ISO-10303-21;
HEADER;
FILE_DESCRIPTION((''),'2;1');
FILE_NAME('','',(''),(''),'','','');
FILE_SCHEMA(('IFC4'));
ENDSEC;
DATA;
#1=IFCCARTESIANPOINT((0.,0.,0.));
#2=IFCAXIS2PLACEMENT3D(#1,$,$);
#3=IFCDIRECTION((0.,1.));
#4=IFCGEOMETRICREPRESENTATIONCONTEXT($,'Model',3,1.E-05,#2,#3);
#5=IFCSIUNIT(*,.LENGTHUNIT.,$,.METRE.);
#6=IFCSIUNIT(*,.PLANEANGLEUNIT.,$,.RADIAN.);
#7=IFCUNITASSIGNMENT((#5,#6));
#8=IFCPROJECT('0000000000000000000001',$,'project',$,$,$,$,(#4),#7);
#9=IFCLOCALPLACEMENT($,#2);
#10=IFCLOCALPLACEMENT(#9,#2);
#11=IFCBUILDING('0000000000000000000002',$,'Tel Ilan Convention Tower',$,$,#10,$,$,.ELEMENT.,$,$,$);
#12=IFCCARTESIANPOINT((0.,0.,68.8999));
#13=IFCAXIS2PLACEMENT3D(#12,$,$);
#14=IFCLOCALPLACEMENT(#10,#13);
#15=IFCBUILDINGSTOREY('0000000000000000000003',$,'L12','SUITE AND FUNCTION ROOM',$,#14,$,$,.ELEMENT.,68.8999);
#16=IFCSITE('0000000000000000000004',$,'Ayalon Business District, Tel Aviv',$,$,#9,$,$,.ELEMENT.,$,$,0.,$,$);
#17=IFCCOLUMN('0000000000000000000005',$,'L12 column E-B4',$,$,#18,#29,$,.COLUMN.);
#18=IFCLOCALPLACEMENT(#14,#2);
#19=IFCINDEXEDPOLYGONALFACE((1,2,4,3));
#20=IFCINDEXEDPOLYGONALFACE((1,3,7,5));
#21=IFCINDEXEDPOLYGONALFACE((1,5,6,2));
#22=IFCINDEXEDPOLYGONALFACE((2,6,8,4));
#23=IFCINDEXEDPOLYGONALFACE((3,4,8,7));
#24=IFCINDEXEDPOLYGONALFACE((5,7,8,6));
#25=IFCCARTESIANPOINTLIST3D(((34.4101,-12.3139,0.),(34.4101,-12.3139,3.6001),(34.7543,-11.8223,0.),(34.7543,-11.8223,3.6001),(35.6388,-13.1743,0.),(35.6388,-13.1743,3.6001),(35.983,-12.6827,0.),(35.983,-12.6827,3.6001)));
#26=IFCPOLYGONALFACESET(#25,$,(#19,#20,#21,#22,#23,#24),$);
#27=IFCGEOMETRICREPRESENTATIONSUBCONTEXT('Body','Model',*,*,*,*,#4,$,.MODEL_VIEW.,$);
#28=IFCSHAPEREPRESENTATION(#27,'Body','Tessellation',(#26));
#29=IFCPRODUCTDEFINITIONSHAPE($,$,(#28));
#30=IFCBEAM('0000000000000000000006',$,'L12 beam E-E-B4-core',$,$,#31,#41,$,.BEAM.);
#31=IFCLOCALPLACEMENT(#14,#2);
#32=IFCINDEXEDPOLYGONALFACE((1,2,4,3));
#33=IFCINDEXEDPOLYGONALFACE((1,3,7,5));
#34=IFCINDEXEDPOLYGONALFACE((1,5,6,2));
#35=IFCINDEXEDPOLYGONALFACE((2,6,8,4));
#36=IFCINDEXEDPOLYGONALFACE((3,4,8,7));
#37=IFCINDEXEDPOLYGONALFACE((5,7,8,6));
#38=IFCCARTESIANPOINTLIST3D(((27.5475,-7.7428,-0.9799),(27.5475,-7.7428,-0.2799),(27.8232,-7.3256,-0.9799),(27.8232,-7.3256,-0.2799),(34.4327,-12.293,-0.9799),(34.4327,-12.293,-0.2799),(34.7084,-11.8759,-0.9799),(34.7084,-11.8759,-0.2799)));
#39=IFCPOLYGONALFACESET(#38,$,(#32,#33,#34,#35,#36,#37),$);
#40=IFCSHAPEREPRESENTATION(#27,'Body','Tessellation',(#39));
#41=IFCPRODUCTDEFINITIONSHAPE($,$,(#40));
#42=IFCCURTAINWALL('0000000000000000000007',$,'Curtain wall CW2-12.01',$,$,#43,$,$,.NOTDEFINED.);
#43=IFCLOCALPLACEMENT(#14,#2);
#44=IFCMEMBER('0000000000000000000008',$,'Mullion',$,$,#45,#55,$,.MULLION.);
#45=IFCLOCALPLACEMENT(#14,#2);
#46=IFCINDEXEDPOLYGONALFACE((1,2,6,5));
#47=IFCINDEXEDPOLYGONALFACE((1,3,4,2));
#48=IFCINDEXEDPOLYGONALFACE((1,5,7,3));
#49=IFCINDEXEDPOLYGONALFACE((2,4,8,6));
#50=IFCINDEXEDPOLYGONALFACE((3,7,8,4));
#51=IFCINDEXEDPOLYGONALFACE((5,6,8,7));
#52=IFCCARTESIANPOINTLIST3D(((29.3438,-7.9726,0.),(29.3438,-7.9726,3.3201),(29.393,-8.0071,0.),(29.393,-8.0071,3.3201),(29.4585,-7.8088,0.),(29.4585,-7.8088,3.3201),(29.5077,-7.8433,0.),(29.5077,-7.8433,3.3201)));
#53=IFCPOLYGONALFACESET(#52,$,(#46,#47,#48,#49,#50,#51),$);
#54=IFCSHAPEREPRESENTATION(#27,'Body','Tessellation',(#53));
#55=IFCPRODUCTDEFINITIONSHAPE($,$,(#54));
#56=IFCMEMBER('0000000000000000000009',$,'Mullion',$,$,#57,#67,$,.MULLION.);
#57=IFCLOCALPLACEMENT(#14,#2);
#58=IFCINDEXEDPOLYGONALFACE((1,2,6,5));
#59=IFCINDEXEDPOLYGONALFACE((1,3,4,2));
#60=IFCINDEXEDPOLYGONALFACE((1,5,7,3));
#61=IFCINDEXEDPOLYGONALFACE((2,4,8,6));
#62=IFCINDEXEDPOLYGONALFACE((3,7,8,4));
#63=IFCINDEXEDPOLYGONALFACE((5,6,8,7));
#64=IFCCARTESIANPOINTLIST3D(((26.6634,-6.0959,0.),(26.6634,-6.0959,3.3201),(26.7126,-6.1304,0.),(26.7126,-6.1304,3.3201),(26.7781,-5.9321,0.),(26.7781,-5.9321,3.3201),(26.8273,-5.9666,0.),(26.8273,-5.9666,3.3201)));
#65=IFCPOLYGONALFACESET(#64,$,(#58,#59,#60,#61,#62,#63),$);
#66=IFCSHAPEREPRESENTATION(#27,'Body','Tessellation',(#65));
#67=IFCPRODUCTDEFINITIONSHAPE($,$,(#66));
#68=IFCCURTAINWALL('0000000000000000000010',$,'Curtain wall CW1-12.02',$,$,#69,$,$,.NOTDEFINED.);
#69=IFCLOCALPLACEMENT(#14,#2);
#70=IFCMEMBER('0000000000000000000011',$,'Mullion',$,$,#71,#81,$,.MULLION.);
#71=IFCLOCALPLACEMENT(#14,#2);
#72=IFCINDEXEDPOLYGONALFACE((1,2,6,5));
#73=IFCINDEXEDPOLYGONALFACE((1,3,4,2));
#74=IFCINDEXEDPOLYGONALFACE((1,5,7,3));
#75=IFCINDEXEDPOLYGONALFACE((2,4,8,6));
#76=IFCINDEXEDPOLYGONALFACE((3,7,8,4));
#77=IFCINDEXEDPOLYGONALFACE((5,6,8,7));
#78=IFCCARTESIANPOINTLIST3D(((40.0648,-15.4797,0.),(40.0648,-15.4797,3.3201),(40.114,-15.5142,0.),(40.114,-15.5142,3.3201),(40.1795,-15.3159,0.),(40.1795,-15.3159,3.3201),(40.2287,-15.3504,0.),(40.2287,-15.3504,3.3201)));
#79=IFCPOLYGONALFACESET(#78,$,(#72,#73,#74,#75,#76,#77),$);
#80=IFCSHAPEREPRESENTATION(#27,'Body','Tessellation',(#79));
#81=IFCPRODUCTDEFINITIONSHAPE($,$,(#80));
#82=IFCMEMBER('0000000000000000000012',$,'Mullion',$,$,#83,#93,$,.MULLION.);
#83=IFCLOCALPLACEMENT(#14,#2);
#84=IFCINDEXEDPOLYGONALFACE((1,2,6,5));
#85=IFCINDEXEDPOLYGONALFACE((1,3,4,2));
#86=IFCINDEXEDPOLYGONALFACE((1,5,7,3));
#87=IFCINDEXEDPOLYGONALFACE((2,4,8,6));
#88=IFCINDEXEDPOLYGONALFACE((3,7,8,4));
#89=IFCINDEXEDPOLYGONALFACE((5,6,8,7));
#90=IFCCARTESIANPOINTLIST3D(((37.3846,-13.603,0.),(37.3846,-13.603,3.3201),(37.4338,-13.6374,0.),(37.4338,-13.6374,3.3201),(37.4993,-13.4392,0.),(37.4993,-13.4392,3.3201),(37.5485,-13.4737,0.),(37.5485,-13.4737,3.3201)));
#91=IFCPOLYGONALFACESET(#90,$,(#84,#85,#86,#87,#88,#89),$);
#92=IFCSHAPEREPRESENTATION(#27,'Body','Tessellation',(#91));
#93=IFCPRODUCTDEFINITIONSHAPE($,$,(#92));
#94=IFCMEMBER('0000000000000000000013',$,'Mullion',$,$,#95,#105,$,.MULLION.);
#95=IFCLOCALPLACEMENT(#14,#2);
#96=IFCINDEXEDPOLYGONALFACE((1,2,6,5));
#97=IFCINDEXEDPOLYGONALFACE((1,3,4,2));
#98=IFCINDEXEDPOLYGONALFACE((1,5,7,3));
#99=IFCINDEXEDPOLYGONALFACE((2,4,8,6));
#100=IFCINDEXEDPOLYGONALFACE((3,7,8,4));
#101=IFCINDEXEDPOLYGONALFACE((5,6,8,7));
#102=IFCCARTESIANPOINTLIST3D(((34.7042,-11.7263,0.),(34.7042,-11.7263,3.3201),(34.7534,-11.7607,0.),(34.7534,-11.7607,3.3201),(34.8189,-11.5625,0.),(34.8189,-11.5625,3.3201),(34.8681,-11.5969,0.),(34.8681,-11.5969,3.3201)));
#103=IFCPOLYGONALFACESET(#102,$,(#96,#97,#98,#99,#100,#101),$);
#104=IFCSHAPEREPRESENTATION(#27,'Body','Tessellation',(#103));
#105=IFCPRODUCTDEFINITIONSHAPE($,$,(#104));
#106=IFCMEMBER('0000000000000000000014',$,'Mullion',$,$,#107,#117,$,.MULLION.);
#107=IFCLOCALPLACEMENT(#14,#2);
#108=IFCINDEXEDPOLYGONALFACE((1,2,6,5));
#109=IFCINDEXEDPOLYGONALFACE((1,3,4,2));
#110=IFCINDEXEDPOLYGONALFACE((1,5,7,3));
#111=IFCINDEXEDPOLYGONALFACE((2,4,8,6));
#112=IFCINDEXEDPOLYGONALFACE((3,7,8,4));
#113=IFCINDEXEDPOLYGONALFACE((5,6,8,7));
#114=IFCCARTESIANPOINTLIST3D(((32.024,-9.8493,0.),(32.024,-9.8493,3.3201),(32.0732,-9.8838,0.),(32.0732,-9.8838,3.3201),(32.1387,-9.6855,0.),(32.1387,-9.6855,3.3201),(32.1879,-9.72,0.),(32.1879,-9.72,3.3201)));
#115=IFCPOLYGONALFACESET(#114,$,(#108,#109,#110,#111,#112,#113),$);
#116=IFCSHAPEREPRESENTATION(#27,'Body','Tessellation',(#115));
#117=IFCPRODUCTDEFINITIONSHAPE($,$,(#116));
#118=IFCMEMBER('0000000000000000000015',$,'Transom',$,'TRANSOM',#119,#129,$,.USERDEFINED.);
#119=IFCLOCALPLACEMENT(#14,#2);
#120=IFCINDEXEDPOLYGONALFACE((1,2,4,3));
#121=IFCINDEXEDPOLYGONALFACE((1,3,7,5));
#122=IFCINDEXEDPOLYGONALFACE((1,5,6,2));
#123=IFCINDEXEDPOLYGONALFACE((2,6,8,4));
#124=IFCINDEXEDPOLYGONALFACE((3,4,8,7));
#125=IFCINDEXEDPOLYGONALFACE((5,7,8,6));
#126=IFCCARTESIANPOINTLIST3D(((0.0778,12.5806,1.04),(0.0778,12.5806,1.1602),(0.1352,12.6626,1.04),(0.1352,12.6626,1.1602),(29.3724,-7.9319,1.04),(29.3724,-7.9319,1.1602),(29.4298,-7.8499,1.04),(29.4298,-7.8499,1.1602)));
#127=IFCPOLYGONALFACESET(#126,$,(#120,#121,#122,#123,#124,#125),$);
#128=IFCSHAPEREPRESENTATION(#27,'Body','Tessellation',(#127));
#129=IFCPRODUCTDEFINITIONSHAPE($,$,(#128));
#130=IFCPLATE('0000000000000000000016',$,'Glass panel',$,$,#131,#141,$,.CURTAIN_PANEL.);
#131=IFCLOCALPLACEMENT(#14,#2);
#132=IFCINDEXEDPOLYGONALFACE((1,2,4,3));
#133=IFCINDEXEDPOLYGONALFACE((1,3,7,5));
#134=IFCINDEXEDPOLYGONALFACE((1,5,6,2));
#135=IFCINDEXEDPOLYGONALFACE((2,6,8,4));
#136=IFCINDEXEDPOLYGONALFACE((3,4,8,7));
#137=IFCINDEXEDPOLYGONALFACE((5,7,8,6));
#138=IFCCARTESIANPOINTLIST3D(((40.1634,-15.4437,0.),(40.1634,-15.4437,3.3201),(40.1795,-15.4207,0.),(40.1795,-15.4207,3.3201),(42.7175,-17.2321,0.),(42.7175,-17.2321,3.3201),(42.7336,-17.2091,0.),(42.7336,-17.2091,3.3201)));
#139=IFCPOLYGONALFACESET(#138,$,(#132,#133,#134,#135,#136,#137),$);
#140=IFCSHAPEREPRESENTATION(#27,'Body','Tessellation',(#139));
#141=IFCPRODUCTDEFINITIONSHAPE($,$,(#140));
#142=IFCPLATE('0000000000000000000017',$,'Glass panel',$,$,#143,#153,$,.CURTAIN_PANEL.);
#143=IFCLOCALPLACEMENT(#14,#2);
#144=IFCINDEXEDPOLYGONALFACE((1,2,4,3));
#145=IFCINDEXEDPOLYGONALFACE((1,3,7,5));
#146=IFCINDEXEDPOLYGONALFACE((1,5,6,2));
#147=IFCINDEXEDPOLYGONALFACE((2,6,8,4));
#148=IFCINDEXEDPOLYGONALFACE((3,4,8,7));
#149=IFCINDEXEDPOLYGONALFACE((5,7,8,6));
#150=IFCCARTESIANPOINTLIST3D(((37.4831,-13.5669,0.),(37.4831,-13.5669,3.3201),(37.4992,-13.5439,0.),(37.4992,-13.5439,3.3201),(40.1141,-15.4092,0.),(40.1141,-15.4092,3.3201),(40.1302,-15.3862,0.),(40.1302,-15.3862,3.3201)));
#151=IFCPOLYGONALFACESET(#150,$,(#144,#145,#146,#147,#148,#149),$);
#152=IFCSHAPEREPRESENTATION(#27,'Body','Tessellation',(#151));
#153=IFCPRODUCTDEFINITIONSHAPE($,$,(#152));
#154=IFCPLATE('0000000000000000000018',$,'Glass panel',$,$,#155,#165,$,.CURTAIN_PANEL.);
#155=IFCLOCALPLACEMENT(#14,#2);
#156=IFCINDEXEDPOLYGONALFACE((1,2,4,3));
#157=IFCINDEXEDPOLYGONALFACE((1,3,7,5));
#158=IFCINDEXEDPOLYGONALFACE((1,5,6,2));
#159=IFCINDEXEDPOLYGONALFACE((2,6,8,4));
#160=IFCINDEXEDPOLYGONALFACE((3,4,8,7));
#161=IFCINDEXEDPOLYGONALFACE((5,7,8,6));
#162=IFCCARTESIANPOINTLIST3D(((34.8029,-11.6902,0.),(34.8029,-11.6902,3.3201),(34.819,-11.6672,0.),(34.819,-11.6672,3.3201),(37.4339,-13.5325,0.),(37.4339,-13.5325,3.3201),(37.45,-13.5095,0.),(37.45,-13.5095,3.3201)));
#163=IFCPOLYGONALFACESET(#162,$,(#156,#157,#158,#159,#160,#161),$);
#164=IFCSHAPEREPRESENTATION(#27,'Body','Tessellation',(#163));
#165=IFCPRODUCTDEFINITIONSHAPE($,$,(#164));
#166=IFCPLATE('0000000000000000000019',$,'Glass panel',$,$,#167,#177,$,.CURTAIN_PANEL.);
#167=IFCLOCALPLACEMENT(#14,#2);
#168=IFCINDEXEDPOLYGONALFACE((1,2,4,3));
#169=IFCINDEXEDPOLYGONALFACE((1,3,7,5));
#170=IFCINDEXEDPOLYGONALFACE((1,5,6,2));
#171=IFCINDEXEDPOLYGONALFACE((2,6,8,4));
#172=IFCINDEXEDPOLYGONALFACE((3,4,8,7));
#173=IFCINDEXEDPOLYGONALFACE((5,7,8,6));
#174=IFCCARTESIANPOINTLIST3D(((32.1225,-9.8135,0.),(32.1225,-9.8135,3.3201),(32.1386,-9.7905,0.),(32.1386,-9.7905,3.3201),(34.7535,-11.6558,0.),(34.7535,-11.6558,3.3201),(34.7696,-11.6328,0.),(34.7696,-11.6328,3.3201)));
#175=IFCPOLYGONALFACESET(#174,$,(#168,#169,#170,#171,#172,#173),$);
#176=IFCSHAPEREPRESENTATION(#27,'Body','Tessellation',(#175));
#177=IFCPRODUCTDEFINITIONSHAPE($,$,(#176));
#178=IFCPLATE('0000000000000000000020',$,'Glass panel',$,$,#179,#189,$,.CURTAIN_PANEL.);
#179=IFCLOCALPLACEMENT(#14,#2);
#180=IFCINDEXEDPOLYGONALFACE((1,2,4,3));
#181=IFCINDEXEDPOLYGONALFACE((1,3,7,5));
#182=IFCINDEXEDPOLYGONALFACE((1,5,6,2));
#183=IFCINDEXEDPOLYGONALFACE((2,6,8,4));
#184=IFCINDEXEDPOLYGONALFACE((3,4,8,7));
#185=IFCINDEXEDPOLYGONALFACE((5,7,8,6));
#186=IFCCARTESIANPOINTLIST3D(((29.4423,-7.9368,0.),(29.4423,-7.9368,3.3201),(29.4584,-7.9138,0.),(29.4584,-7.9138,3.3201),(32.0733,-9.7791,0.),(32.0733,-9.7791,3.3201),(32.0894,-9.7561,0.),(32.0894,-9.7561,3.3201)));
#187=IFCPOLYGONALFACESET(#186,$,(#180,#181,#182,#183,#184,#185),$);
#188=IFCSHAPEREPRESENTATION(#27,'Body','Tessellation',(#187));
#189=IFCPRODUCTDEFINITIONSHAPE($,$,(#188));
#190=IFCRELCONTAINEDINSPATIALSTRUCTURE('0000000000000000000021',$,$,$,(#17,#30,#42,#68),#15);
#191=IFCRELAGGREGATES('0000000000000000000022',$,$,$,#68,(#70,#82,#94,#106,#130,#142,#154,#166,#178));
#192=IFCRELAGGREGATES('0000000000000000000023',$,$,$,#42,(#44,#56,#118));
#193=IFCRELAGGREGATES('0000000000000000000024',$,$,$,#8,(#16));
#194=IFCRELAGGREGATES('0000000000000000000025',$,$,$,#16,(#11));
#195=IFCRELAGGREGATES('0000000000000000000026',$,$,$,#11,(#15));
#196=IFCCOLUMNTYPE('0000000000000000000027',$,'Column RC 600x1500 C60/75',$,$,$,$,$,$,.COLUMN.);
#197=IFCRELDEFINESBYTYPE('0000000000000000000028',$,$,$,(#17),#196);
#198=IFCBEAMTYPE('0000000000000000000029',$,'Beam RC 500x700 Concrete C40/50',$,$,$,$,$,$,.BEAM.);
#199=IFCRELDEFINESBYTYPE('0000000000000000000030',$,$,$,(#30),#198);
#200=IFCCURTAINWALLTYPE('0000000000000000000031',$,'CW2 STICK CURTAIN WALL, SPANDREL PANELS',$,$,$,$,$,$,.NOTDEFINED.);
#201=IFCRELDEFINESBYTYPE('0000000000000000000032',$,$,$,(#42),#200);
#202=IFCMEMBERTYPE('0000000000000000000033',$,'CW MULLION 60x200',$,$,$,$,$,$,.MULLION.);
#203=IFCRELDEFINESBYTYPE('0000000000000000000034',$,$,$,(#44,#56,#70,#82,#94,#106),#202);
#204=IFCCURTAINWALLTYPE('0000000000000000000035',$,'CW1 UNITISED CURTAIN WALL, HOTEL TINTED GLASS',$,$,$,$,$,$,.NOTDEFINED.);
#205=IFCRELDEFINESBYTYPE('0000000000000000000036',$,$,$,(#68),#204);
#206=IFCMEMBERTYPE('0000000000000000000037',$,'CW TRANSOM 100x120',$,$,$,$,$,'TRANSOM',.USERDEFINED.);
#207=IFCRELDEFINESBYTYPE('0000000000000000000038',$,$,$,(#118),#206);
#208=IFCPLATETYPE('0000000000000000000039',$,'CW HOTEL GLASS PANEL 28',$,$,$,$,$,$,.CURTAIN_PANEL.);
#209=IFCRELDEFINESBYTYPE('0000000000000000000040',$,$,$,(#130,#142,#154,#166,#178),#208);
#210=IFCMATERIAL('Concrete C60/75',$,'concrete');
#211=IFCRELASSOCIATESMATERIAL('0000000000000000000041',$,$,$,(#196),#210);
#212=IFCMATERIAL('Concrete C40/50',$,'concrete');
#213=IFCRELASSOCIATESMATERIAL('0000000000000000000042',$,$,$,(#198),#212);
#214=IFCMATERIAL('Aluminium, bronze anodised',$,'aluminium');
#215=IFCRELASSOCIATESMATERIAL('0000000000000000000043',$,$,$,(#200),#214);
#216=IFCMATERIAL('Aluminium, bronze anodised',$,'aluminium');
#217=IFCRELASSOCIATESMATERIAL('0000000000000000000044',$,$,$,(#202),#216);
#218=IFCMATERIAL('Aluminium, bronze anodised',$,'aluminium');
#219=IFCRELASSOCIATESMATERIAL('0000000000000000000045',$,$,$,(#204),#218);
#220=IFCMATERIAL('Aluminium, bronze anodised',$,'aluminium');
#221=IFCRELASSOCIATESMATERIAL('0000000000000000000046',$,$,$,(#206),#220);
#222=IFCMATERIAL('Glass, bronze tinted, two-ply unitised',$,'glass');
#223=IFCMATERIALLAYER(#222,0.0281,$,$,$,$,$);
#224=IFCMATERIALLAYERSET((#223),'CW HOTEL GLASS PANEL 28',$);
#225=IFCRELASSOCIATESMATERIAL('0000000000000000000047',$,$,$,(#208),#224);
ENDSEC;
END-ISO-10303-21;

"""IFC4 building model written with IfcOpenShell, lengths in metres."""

from ifc_helpers import new_model, si_unit, direction, frame, origin, origin_2d, place, context, subcontext, project, spatial, rectangle, extrude, material, layer, layer_set, material_profile, profile_set, type_object, element, aggregate, save


model = new_model("IFC4")

# Units and contexts
model_context = context("Model", 3, precision=1e-05, world=origin(), true_north=direction((0.0, 1.0)))
body_context = subcontext(model_context, "Body", "Model", "MODEL_VIEW")
ifc_project = project(units=[si_unit("LENGTHUNIT", "METRE"), si_unit("PLANEANGLEUNIT", "RADIAN")], contexts=[model_context])

# Site, building, storey
site_placement = place(None, origin())
site = spatial("IfcSite", under=ifc_project, at=site_placement, Name="Ayalon Business District, Tel Aviv", CompositionType="ELEMENT", RefElevation=0.0)
building_placement = place(site_placement, origin())
building = spatial("IfcBuilding", under=site, at=building_placement, Name="Tel Ilan Convention Tower", CompositionType="ELEMENT")
storey_placement = place(building_placement, frame((0.0, 0.0, 68.8999)))
storey = spatial("IfcBuildingStorey", under=building, at=storey_placement, Name="L12", Description="SUITE AND FUNCTION ROOM", CompositionType="ELEMENT", Elevation=68.8999)

# Column
ifc_material_1 = material(Name="Concrete C60/75", Category="concrete")
ifc_material_profile_1 = material_profile(ifc_material_1, rectangle(XDim=1.5, YDim=0.6001, at=origin_2d()), Name="RC 600x1500")
ifc_profile_set_1 = profile_set([ifc_material_profile_1], Name="Concrete C60/75")
column_type = type_object("IfcColumnType", Name="Column RC 600x1500 C60/75", PredefinedType="COLUMN", material=ifc_profile_set_1)
column_placement = place(storey_placement, frame((35.1965, -12.4983, 0.0), z_axis=(0.0, 0.0, 1.0), x_axis=(0.819152, -0.573576, 0.0)))
element("IfcColumn", 1, at=column_placement, inside=storey, type_object=column_type, Name="L12 column E-B4", PredefinedType="COLUMN", context=body_context, shape_type="SweptSolid", body=[
    extrude(rectangle(XDim=1.5, YDim=0.6001, at=origin_2d()), origin(), (0.0, 0.0, 1.0), 3.6001),
])

# Beam
ifc_material_2 = material(Name="Concrete C40/50", Category="concrete")
ifc_material_profile_2 = material_profile(ifc_material_2, rectangle(XDim=0.5, YDim=0.7, at=origin_2d()), Name="RC 500x700")
ifc_profile_set_2 = profile_set([ifc_material_profile_2], Name="Concrete C40/50")
beam_type = type_object("IfcBeamType", Name="Beam RC 500x700 Concrete C40/50", PredefinedType="BEAM", material=ifc_profile_set_2)
beam_placement = place(storey_placement, frame((34.5706, -12.0845, -0.6299), z_axis=(-0.834274, 0.551351, 0.0), x_axis=(-0.551351, -0.834274, 0.0)))
element("IfcBeam", 2, at=beam_placement, inside=storey, type_object=beam_type, Name="L12 beam E-E-B4-core", PredefinedType="BEAM", context=body_context, shape_type="SweptSolid", body=[
    extrude(rectangle(XDim=0.5, YDim=0.7, at=origin_2d()), origin(), (0.0, 0.0, 1.0), 8.2529),
])

# Curtain walls, members
ifc_material_3 = material(Name="Aluminium, bronze anodised", Category="aluminium")
curtain_wall_type_1 = type_object("IfcCurtainWallType", Name="CW2 STICK CURTAIN WALL, SPANDREL PANELS", PredefinedType="NOTDEFINED", material=ifc_material_3)
curtain_wall_1_placement = place(storey_placement, origin())
curtain_wall_1 = element("IfcCurtainWall", 3, at=curtain_wall_1_placement, inside=storey, type_object=curtain_wall_type_1, Name="Curtain wall CW2-12.01", PredefinedType="NOTDEFINED")
ifc_material_4 = material(Name="Aluminium, bronze anodised", Category="aluminium")
ifc_material_profile_3 = material_profile(ifc_material_4, rectangle(XDim=0.0601, YDim=0.2, at=origin_2d()), Name="CW MULLION 60x200")
ifc_profile_set_3 = profile_set([ifc_material_profile_3], Name="Aluminium, bronze anodised")
member_type_1 = type_object("IfcMemberType", Name="CW MULLION 60x200", PredefinedType="MULLION", material=ifc_profile_set_3)
member_1_placement = place(storey_placement, frame((29.4258, -7.908, 0.0), z_axis=(0.0, 0.0, 1.0), x_axis=(-0.819152, 0.573576, 0.0)))
member_1 = element("IfcMember", 4, at=member_1_placement, type_object=member_type_1, Name="Mullion", PredefinedType="MULLION", context=body_context, shape_type="SweptSolid", body=[
    extrude(rectangle(XDim=0.0601, YDim=0.2, at=origin_2d()), origin(), (0.0, 0.0, 1.0), 3.3201),
])
member_2_placement = place(storey_placement, frame((26.7454, -6.0312, 0.0), z_axis=(0.0, 0.0, 1.0), x_axis=(-0.819152, 0.573576, 0.0)))
member_2 = element("IfcMember", 5, at=member_2_placement, type_object=member_type_1, Name="Mullion", PredefinedType="MULLION", context=body_context, shape_type="SweptSolid", body=[
    extrude(rectangle(XDim=0.0601, YDim=0.2, at=origin_2d()), origin(), (0.0, 0.0, 1.0), 3.3201),
])
ifc_material_5 = material(Name="Aluminium, bronze anodised", Category="aluminium")
curtain_wall_type_2 = type_object("IfcCurtainWallType", Name="CW1 UNITISED CURTAIN WALL, HOTEL TINTED GLASS", PredefinedType="NOTDEFINED", material=ifc_material_5)
curtain_wall_2_placement = place(storey_placement, origin())
curtain_wall_2 = element("IfcCurtainWall", 6, at=curtain_wall_2_placement, inside=storey, type_object=curtain_wall_type_2, Name="Curtain wall CW1-12.02", PredefinedType="NOTDEFINED")
member_3_placement = place(storey_placement, frame((40.1467, -15.415, 0.0), z_axis=(0.0, 0.0, 1.0), x_axis=(-0.819152, 0.573576, 0.0)))
member_3 = element("IfcMember", 7, at=member_3_placement, type_object=member_type_1, Name="Mullion", PredefinedType="MULLION", context=body_context, shape_type="SweptSolid", body=[
    extrude(rectangle(XDim=0.0601, YDim=0.2, at=origin_2d()), origin(), (0.0, 0.0, 1.0), 3.3201),
])
member_4_placement = place(storey_placement, frame((37.4666, -13.5383, 0.0), z_axis=(0.0, 0.0, 1.0), x_axis=(-0.819152, 0.573576, 0.0)))
member_4 = element("IfcMember", 8, at=member_4_placement, type_object=member_type_1, Name="Mullion", PredefinedType="MULLION", context=body_context, shape_type="SweptSolid", body=[
    extrude(rectangle(XDim=0.0601, YDim=0.2, at=origin_2d()), origin(), (0.0, 0.0, 1.0), 3.3201),
])
member_5_placement = place(storey_placement, frame((34.7861, -11.6616, 0.0), z_axis=(0.0, 0.0, 1.0), x_axis=(-0.819152, 0.573576, 0.0)))
member_5 = element("IfcMember", 9, at=member_5_placement, type_object=member_type_1, Name="Mullion", PredefinedType="MULLION", context=body_context, shape_type="SweptSolid", body=[
    extrude(rectangle(XDim=0.0601, YDim=0.2, at=origin_2d()), origin(), (0.0, 0.0, 1.0), 3.3201),
])
member_6_placement = place(storey_placement, frame((32.106, -9.7847, 0.0), z_axis=(0.0, 0.0, 1.0), x_axis=(-0.819152, 0.573576, 0.0)))
member_6 = element("IfcMember", 10, at=member_6_placement, type_object=member_type_1, Name="Mullion", PredefinedType="MULLION", context=body_context, shape_type="SweptSolid", body=[
    extrude(rectangle(XDim=0.0601, YDim=0.2, at=origin_2d()), origin(), (0.0, 0.0, 1.0), 3.3201),
])

# Member
ifc_material_6 = material(Name="Aluminium, bronze anodised", Category="aluminium")
ifc_material_profile_4 = material_profile(ifc_material_6, rectangle(XDim=0.1001, YDim=0.1201, at=origin_2d()), Name="CW TRANSOM 100x120")
ifc_profile_set_4 = profile_set([ifc_material_profile_4], Name="Aluminium, bronze anodised")
member_type_2 = type_object("IfcMemberType", Name="CW TRANSOM 100x120", ElementType="TRANSOM", PredefinedType="USERDEFINED", material=ifc_profile_set_4)
member_7_placement = place(storey_placement, frame((29.4011, -7.8909, 1.1001), z_axis=(-0.819151, 0.573578, 0.0), x_axis=(-0.573578, -0.819151, 0.0)))
member_7 = element("IfcMember", 11, at=member_7_placement, type_object=member_type_2, Name="Transom", ObjectType="TRANSOM", PredefinedType="USERDEFINED", context=body_context, shape_type="SweptSolid", body=[
    extrude(rectangle(XDim=0.1001, YDim=0.1201, at=origin_2d()), origin(), (0.0, 0.0, 1.0), 35.7622),
])

# Plates
ifc_material_7 = material(Name="Glass, bronze tinted, two-ply unitised", Category="glass")
ifc_layer_1 = layer(ifc_material_7, 0.0281)
ifc_layer_set_1 = layer_set([ifc_layer_1], Name="CW HOTEL GLASS PANEL 28")
plate_type_1 = type_object("IfcPlateType", Name="CW HOTEL GLASS PANEL 28", PredefinedType="CURTAIN_PANEL", material=ifc_layer_set_1)
plate_1_placement = place(storey_placement, frame((41.4485, -16.3264, 0.0), z_axis=(0.0, 0.0, 1.0), x_axis=(-0.819152, 0.573576, 0.0)))
plate_1 = element("IfcPlate", 12, at=plate_1_placement, type_object=plate_type_1, Name="Glass panel", PredefinedType="CURTAIN_PANEL", context=body_context, shape_type="SweptSolid", body=[
    extrude(rectangle(XDim=3.1179, YDim=0.0281, at=origin_2d()), origin(), (0.0, 0.0, 1.0), 3.3201),
])
plate_2_placement = place(storey_placement, frame((38.8066, -14.4766, 0.0), z_axis=(0.0, 0.0, 1.0), x_axis=(-0.819152, 0.573576, 0.0)))
plate_2 = element("IfcPlate", 13, at=plate_2_placement, type_object=plate_type_1, Name="Glass panel", PredefinedType="CURTAIN_PANEL", context=body_context, shape_type="SweptSolid", body=[
    extrude(rectangle(XDim=3.2119, YDim=0.0281, at=origin_2d()), origin(), (0.0, 0.0, 1.0), 3.3201),
])
plate_3_placement = place(storey_placement, frame((36.1265, -12.5999, 0.0), z_axis=(0.0, 0.0, 1.0), x_axis=(-0.819152, 0.573576, 0.0)))
plate_3 = element("IfcPlate", 14, at=plate_3_placement, type_object=plate_type_1, Name="Glass panel", PredefinedType="CURTAIN_PANEL", context=body_context, shape_type="SweptSolid", body=[
    extrude(rectangle(XDim=3.2119, YDim=0.0281, at=origin_2d()), origin(), (0.0, 0.0, 1.0), 3.3201),
])
plate_4_placement = place(storey_placement, frame((33.446, -10.7231, 0.0), z_axis=(0.0, 0.0, 1.0), x_axis=(-0.819152, 0.573576, 0.0)))
plate_4 = element("IfcPlate", 15, at=plate_4_placement, type_object=plate_type_1, Name="Glass panel", PredefinedType="CURTAIN_PANEL", context=body_context, shape_type="SweptSolid", body=[
    extrude(rectangle(XDim=3.2119, YDim=0.0281, at=origin_2d()), origin(), (0.0, 0.0, 1.0), 3.3201),
])
plate_5_placement = place(storey_placement, frame((30.7659, -8.8464, 0.0), z_axis=(0.0, 0.0, 1.0), x_axis=(-0.819152, 0.573576, 0.0)))
plate_5 = element("IfcPlate", 16, at=plate_5_placement, type_object=plate_type_1, Name="Glass panel", PredefinedType="CURTAIN_PANEL", context=body_context, shape_type="SweptSolid", body=[
    extrude(rectangle(XDim=3.2119, YDim=0.0281, at=origin_2d()), origin(), (0.0, 0.0, 1.0), 3.3201),
])
aggregate(curtain_wall_2, [member_3, member_4, member_5, member_6, plate_1, plate_2, plate_3, plate_4, plate_5])
aggregate(curtain_wall_1, [member_1, member_2, member_7])

save(model, "model.ifc")
